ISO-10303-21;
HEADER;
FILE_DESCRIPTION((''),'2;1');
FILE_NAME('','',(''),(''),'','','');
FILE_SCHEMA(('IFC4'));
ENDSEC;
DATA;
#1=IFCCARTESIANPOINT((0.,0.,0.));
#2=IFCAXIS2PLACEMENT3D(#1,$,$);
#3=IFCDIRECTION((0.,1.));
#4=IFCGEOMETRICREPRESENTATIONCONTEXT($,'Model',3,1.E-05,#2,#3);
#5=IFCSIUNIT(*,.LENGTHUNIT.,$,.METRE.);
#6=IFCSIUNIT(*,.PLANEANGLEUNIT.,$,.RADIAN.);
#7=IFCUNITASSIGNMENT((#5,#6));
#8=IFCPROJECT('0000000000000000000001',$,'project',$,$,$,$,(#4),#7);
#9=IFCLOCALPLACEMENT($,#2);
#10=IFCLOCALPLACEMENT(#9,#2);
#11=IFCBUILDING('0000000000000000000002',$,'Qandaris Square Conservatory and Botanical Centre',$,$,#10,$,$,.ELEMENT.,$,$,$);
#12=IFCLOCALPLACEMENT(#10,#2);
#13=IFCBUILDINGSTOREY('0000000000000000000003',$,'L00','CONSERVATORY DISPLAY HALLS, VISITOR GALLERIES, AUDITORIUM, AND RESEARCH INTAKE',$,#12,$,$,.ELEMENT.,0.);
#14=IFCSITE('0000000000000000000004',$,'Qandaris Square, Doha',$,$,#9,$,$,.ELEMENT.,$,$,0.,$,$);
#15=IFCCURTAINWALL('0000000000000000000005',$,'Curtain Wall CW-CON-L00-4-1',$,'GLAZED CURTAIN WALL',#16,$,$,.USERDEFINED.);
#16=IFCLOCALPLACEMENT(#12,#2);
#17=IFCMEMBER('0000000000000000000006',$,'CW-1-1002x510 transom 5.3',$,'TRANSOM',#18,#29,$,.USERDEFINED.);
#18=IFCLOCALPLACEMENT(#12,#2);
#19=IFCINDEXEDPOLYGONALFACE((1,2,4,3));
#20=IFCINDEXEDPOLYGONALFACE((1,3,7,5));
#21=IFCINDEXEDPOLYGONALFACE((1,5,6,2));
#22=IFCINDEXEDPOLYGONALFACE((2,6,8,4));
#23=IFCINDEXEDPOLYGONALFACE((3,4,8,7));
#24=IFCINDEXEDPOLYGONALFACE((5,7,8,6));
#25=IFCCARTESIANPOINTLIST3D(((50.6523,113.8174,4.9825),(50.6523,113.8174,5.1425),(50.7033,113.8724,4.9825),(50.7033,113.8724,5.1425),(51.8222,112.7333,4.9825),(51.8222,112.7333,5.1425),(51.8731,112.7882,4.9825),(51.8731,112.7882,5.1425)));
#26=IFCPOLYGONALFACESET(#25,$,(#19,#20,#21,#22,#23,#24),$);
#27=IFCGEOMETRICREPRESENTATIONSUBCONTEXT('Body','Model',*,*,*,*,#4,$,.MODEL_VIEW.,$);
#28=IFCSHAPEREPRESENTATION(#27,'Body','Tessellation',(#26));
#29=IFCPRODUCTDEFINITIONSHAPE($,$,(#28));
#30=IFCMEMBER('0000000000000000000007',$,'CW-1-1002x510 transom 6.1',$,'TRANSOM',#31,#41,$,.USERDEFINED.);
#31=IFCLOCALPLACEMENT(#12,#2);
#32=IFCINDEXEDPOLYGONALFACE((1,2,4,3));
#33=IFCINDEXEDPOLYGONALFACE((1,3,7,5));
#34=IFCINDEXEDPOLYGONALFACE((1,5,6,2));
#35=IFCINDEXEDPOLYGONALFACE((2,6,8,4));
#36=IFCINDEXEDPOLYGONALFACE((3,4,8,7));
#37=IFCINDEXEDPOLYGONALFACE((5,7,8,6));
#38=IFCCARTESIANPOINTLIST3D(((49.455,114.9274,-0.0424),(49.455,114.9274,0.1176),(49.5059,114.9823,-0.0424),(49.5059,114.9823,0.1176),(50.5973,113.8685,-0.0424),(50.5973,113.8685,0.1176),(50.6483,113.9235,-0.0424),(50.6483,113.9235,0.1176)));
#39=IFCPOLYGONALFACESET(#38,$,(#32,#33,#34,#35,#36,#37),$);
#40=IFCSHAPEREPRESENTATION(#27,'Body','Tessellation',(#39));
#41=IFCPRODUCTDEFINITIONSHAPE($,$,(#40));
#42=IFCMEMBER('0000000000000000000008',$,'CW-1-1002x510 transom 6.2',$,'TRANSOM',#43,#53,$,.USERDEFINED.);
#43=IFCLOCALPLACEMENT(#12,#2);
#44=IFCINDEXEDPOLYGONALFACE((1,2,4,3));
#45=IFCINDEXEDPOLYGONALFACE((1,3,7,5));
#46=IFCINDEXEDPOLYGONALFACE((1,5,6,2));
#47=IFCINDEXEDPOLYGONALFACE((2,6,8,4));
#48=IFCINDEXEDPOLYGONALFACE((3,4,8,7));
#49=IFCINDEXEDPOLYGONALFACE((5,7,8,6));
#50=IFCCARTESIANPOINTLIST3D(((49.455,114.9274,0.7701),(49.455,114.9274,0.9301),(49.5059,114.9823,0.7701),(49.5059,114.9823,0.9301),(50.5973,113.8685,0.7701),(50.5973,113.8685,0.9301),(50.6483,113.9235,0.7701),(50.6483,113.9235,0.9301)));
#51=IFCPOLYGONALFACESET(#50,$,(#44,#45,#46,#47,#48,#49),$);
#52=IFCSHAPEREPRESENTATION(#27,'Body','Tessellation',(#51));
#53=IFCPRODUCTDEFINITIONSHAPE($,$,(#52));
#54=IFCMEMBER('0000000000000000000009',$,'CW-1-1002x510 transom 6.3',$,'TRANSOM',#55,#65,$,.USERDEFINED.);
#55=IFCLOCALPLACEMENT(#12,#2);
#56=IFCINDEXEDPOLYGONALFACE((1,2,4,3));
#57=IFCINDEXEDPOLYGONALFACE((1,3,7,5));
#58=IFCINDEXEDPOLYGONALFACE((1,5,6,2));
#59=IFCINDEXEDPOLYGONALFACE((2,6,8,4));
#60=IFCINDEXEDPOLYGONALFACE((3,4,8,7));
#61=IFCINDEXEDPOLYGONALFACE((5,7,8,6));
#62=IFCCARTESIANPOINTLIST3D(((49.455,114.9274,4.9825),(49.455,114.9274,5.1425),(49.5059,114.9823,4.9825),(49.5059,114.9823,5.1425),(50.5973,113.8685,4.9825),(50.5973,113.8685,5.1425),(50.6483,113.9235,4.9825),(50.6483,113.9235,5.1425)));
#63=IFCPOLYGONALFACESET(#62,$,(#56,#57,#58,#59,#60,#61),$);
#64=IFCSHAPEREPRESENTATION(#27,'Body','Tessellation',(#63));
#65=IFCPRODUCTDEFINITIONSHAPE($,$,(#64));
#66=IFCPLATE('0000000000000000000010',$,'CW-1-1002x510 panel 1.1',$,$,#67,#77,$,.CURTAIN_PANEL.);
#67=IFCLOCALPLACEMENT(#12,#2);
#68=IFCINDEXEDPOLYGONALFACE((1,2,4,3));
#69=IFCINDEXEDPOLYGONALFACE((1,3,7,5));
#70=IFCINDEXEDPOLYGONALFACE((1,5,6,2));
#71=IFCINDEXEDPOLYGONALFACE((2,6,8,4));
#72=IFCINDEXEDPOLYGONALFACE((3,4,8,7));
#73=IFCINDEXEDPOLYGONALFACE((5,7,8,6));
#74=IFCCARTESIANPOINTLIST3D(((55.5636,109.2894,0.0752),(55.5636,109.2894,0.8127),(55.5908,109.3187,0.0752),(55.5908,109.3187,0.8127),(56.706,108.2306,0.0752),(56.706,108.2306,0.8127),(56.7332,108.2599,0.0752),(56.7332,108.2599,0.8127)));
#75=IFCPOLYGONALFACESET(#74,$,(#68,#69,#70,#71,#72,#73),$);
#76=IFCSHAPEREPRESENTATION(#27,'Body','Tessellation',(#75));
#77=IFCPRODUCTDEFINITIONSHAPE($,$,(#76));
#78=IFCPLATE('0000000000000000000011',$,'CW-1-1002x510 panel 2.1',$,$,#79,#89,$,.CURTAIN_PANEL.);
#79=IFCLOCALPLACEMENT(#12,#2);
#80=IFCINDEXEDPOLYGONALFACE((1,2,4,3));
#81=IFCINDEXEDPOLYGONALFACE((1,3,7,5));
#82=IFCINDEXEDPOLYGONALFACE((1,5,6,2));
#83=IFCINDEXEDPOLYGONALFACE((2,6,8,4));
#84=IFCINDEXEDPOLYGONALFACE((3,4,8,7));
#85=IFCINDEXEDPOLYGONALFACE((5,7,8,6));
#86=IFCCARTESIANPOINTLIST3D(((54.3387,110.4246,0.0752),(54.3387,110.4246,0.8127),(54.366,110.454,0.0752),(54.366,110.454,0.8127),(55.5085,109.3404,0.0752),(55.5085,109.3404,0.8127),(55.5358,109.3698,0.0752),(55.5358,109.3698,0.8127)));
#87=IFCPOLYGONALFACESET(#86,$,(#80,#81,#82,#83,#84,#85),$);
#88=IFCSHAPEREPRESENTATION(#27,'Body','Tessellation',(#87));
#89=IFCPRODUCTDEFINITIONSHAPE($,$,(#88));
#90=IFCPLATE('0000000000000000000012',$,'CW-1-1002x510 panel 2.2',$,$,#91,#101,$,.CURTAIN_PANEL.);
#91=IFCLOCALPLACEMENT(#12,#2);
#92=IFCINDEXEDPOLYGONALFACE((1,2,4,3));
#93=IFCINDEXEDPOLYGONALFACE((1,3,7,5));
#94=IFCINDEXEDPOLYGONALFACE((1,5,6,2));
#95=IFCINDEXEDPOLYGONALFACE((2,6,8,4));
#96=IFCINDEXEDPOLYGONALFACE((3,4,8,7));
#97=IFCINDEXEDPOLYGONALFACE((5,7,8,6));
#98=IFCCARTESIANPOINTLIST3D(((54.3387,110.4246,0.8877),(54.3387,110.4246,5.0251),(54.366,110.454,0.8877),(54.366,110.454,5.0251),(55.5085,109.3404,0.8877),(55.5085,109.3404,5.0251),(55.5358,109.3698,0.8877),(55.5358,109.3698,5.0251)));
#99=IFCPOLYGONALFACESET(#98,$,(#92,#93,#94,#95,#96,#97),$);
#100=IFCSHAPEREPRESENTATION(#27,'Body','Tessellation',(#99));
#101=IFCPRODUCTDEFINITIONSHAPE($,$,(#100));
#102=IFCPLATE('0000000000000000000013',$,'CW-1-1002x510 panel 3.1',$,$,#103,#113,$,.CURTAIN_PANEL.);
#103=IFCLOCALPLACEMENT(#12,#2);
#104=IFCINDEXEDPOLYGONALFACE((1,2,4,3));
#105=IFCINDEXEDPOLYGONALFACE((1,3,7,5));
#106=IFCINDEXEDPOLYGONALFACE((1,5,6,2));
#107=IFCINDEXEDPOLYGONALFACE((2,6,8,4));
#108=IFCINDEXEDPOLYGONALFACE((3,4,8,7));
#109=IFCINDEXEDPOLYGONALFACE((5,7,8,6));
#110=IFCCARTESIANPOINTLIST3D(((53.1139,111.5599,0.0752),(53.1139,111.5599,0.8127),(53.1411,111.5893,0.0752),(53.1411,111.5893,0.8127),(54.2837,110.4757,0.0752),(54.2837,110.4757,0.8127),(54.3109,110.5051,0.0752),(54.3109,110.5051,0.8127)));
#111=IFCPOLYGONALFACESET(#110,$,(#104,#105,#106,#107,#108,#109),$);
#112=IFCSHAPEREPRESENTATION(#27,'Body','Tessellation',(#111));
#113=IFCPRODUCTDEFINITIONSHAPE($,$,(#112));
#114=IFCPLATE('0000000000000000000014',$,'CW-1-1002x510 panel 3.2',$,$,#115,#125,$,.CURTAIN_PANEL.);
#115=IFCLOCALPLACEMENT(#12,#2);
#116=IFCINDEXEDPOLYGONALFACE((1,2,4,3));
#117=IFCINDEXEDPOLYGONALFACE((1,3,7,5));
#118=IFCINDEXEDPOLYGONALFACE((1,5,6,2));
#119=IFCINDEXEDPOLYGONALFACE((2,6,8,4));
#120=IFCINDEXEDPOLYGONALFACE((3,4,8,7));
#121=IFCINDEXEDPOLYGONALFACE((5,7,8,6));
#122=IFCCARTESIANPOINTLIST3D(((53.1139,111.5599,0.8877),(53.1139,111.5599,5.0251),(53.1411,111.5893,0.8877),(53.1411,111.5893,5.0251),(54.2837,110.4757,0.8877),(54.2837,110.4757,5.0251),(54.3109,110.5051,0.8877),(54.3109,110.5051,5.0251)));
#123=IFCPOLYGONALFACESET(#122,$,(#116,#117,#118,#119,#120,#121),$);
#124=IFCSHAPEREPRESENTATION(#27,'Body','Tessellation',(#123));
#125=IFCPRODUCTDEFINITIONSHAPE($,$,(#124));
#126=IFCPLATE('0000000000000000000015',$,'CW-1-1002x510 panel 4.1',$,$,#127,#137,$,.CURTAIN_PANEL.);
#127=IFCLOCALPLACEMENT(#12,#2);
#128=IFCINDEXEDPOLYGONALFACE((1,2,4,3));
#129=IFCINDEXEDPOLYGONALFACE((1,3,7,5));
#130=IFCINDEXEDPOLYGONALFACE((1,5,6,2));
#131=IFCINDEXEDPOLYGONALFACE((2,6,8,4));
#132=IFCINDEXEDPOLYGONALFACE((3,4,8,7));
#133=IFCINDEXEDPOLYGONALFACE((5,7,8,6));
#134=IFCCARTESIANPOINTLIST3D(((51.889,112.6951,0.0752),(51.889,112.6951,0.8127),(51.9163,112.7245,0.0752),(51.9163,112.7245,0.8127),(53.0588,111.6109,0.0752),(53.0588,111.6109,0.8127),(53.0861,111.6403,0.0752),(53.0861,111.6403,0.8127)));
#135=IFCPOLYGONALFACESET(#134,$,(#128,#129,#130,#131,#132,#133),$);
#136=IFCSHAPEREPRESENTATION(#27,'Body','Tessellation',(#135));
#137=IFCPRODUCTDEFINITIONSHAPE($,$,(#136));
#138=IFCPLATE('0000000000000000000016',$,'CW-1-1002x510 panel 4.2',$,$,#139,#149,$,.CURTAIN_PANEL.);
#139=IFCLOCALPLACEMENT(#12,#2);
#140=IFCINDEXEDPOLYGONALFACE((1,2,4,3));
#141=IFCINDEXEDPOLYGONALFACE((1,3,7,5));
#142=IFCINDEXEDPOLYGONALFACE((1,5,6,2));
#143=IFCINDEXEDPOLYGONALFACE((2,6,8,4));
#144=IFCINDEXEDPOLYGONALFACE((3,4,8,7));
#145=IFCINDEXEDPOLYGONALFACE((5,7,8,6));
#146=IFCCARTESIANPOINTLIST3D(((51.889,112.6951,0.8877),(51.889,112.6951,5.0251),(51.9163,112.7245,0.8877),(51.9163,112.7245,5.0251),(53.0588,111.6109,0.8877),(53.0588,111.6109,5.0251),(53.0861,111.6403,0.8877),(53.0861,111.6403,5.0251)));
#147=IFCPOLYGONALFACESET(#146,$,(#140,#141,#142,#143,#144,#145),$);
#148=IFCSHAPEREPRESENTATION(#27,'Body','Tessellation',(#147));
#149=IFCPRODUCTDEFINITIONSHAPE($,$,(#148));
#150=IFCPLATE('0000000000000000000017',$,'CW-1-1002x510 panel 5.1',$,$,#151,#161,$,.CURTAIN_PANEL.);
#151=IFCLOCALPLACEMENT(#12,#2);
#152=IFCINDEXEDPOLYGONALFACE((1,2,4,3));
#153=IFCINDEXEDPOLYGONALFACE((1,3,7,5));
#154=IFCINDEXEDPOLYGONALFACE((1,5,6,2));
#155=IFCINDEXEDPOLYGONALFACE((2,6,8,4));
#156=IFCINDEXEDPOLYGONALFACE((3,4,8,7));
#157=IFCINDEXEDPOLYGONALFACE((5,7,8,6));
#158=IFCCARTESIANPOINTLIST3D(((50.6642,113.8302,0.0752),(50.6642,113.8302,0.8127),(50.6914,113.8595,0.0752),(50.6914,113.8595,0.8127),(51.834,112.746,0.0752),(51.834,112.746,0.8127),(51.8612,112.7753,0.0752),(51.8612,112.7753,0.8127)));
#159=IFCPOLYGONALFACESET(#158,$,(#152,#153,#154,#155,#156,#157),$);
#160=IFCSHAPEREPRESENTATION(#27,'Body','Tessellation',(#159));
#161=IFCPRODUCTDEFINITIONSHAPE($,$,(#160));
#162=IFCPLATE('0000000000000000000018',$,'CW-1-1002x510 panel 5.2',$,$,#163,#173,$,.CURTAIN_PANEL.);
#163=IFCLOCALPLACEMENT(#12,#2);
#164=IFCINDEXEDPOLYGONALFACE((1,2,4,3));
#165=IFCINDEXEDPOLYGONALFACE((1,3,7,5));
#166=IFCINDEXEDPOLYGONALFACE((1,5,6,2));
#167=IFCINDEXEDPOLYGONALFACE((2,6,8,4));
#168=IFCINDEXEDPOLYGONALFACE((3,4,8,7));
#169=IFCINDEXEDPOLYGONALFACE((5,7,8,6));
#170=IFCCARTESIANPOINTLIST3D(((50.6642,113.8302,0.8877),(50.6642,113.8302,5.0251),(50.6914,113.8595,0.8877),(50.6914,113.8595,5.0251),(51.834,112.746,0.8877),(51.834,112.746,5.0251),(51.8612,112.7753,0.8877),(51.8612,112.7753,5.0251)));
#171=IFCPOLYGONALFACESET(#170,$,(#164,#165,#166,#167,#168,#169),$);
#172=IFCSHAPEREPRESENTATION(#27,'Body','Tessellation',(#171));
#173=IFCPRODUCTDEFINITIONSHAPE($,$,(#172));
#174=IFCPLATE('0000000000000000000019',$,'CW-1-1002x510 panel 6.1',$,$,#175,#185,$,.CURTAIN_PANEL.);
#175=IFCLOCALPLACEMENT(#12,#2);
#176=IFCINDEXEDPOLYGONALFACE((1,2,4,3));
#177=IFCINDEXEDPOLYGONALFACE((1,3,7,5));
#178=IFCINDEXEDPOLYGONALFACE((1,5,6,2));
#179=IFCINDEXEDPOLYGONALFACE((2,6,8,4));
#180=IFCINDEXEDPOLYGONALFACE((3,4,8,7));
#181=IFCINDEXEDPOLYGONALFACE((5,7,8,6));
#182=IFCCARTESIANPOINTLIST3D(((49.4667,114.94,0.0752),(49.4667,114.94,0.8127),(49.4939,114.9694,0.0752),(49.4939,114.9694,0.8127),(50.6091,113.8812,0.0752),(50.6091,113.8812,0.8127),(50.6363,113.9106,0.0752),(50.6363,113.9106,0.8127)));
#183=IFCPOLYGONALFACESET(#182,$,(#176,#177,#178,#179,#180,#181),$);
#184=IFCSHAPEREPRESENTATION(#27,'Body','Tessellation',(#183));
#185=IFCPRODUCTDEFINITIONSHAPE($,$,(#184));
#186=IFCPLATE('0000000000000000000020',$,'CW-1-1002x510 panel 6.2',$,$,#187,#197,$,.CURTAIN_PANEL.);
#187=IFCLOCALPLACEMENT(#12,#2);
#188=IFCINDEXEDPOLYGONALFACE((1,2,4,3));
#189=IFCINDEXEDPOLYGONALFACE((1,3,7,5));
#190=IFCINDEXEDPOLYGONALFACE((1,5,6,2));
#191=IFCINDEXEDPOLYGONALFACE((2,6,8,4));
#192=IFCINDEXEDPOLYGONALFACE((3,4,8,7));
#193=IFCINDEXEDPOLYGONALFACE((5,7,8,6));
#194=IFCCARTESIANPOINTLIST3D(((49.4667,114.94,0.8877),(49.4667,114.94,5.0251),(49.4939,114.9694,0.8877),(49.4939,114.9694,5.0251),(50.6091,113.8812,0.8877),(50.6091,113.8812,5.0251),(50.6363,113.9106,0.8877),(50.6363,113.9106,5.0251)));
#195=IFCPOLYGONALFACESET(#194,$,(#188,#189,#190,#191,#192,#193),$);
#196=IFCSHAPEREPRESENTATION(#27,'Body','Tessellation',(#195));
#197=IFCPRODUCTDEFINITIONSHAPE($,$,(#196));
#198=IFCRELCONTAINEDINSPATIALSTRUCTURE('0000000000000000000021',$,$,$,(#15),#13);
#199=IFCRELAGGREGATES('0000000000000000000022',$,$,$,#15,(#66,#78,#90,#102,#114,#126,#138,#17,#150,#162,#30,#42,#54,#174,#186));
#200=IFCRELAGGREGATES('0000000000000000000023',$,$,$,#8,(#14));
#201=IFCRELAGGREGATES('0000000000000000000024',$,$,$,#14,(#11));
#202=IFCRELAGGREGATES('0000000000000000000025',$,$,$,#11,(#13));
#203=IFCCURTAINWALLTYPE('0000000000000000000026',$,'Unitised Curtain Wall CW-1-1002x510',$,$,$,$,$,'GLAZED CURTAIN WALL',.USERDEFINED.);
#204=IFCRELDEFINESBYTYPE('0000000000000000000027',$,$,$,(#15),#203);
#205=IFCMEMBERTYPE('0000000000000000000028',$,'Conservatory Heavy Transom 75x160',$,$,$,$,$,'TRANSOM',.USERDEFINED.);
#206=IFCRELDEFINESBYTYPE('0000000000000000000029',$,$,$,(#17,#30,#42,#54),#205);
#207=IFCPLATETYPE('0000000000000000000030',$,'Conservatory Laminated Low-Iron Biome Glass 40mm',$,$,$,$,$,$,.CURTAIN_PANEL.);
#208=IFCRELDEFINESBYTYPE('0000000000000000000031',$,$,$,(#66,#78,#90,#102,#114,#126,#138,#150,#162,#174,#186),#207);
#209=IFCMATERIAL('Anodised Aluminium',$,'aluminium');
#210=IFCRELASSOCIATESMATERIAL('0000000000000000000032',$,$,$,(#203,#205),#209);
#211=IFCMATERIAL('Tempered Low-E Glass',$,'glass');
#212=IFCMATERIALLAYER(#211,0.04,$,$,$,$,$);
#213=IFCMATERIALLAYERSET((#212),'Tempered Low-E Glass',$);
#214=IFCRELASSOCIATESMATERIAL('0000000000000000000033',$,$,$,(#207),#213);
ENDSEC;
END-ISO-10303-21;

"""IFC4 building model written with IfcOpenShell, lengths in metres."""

from ifc_helpers import new_model, si_unit, direction, frame, origin, origin_2d, place, context, subcontext, project, spatial, rectangle, extrude, material, layer, layer_set, material_profile, profile_set, type_object, element, aggregate, save


model = new_model("IFC4")

# Units and contexts
model_context = context("Model", 3, precision=1e-05, world=origin(), true_north=direction((0.0, 1.0)))
body_context = subcontext(model_context, "Body", "Model", "MODEL_VIEW")
ifc_project = project(units=[si_unit("LENGTHUNIT", "METRE"), si_unit("PLANEANGLEUNIT", "RADIAN")], contexts=[model_context])

# Site, building, storey
site_placement = place(None, origin())
site = spatial("IfcSite", under=ifc_project, at=site_placement, Name="Qandaris Square, Doha", CompositionType="ELEMENT", RefElevation=0.0)
building_placement = place(site_placement, origin())
building = spatial("IfcBuilding", under=site, at=building_placement, Name="Qandaris Square Conservatory and Botanical Centre", CompositionType="ELEMENT")
storey_placement = place(building_placement, origin())
storey = spatial("IfcBuildingStorey", under=building, at=storey_placement, Name="L00", Description="CONSERVATORY DISPLAY HALLS, VISITOR GALLERIES, AUDITORIUM, AND RESEARCH INTAKE", CompositionType="ELEMENT", Elevation=0.0)

# Curtain wall, members, plates
ifc_material_1 = material(Name="Anodised Aluminium", Category="aluminium")
curtain_wall_type = type_object("IfcCurtainWallType", Name="Unitised Curtain Wall CW-1-1002x510", ElementType="GLAZED CURTAIN WALL", PredefinedType="USERDEFINED", material=ifc_material_1)
curtain_wall_placement = place(storey_placement, origin())
curtain_wall = element("IfcCurtainWall", 1, at=curtain_wall_placement, inside=storey, type_object=curtain_wall_type, Name="Curtain Wall CW-CON-L00-4-1", ObjectType="GLAZED CURTAIN WALL", PredefinedType="USERDEFINED")
ifc_material_profile_1 = material_profile(ifc_material_1, rectangle(XDim=0.075, YDim=0.1599, at=origin_2d()), Name="ALU-TRN 75x160")
ifc_profile_set_1 = profile_set([ifc_material_profile_1], Name="Anodised Aluminium")
member_type_1 = type_object("IfcMemberType", Name="Conservatory Heavy Transom 75x160", ElementType="TRANSOM", PredefinedType="USERDEFINED", material=ifc_profile_set_1)
member_1_placement = place(storey_placement, frame((51.8477, 112.7607, 5.0625), z_axis=(-0.733458, 0.679735, 0.0), x_axis=(-0.679735, -0.733458, 0.0)))
member_1 = element("IfcMember", 2, at=member_1_placement, type_object=member_type_1, Name="CW-1-1002x510 transom 5.3", ObjectType="TRANSOM", PredefinedType="USERDEFINED", context=body_context, shape_type="SweptSolid", body=[
    extrude(rectangle(XDim=0.075, YDim=0.1599, at=origin_2d()), origin(), (0.0, 0.0, 1.0), 1.595),
])
member_2_placement = place(storey_placement, frame((50.6228, 113.896, 0.0376), z_axis=(-0.733402, 0.679796, 0.0), x_axis=(-0.679796, -0.733402, 0.0)))
member_2 = element("IfcMember", 3, at=member_2_placement, type_object=member_type_1, Name="CW-1-1002x510 transom 6.1", ObjectType="TRANSOM", PredefinedType="USERDEFINED", context=body_context, shape_type="SweptSolid", body=[
    extrude(rectangle(XDim=0.075, YDim=0.1599, at=origin_2d()), origin(), (0.0, 0.0, 1.0), 1.5576),
])
member_3_placement = place(storey_placement, frame((50.6228, 113.896, 0.8501), z_axis=(-0.733402, 0.679796, 0.0), x_axis=(-0.679796, -0.733402, 0.0)))
member_3 = element("IfcMember", 4, at=member_3_placement, type_object=member_type_1, Name="CW-1-1002x510 transom 6.2", ObjectType="TRANSOM", PredefinedType="USERDEFINED", context=body_context, shape_type="SweptSolid", body=[
    extrude(rectangle(XDim=0.075, YDim=0.1599, at=origin_2d()), origin(), (0.0, 0.0, 1.0), 1.5576),
])
member_4_placement = place(storey_placement, frame((50.6228, 113.896, 5.0625), z_axis=(-0.733402, 0.679796, 0.0), x_axis=(-0.679796, -0.733402, 0.0)))
member_4 = element("IfcMember", 5, at=member_4_placement, type_object=member_type_1, Name="CW-1-1002x510 transom 6.3", ObjectType="TRANSOM", PredefinedType="USERDEFINED", context=body_context, shape_type="SweptSolid", body=[
    extrude(rectangle(XDim=0.075, YDim=0.1599, at=origin_2d()), origin(), (0.0, 0.0, 1.0), 1.5576),
])
ifc_material_2 = material(Name="Tempered Low-E Glass", Category="glass")
ifc_layer = layer(ifc_material_2, 0.04)
ifc_layer_set = layer_set([ifc_layer], Name="Tempered Low-E Glass")
plate_type = type_object("IfcPlateType", Name="Conservatory Laminated Low-Iron Biome Glass 40mm", PredefinedType="CURTAIN_PANEL", material=ifc_layer_set)
plate_1_placement = place(storey_placement, frame((56.1484, 108.7747, 0.0752), z_axis=(0.0, 0.0, 1.0), x_axis=(-0.733433, 0.679762, 0.0)))
plate_1 = element("IfcPlate", 6, at=plate_1_placement, type_object=plate_type, Name="CW-1-1002x510 panel 1.1", PredefinedType="CURTAIN_PANEL", context=body_context, shape_type="SweptSolid", body=[
    extrude(rectangle(XDim=1.5576, YDim=0.04, at=origin_2d()), origin(), (0.0, 0.0, 1.0), 0.7375),
])
plate_2_placement = place(storey_placement, frame((54.9373, 109.8972, 0.0752), z_axis=(0.0, 0.0, 1.0), x_axis=(-0.733433, 0.679762, 0.0)))
plate_2 = element("IfcPlate", 7, at=plate_2_placement, type_object=plate_type, Name="CW-1-1002x510 panel 2.1", PredefinedType="CURTAIN_PANEL", context=body_context, shape_type="SweptSolid", body=[
    extrude(rectangle(XDim=1.595, YDim=0.04, at=origin_2d()), origin(), (0.0, 0.0, 1.0), 0.7375),
])
plate_3_placement = place(storey_placement, frame((54.9373, 109.8972, 0.8877), z_axis=(0.0, 0.0, 1.0), x_axis=(-0.733433, 0.679762, 0.0)))
plate_3 = element("IfcPlate", 8, at=plate_3_placement, type_object=plate_type, Name="CW-1-1002x510 panel 2.2", PredefinedType="CURTAIN_PANEL", context=body_context, shape_type="SweptSolid", body=[
    extrude(rectangle(XDim=1.595, YDim=0.04, at=origin_2d()), origin(), (0.0, 0.0, 1.0), 4.1375),
])
plate_4_placement = place(storey_placement, frame((53.7124, 111.0325, 0.0752), z_axis=(0.0, 0.0, 1.0), x_axis=(-0.733433, 0.679762, 0.0)))
plate_4 = element("IfcPlate", 9, at=plate_4_placement, type_object=plate_type, Name="CW-1-1002x510 panel 3.1", PredefinedType="CURTAIN_PANEL", context=body_context, shape_type="SweptSolid", body=[
    extrude(rectangle(XDim=1.595, YDim=0.04, at=origin_2d()), origin(), (0.0, 0.0, 1.0), 0.7375),
])
plate_5_placement = place(storey_placement, frame((53.7124, 111.0325, 0.8877), z_axis=(0.0, 0.0, 1.0), x_axis=(-0.733433, 0.679762, 0.0)))
plate_5 = element("IfcPlate", 10, at=plate_5_placement, type_object=plate_type, Name="CW-1-1002x510 panel 3.2", PredefinedType="CURTAIN_PANEL", context=body_context, shape_type="SweptSolid", body=[
    extrude(rectangle(XDim=1.595, YDim=0.04, at=origin_2d()), origin(), (0.0, 0.0, 1.0), 4.1375),
])
plate_6_placement = place(storey_placement, frame((52.4875, 112.1677, 0.0752), z_axis=(0.0, 0.0, 1.0), x_axis=(-0.733433, 0.679762, 0.0)))
plate_6 = element("IfcPlate", 11, at=plate_6_placement, type_object=plate_type, Name="CW-1-1002x510 panel 4.1", PredefinedType="CURTAIN_PANEL", context=body_context, shape_type="SweptSolid", body=[
    extrude(rectangle(XDim=1.595, YDim=0.04, at=origin_2d()), origin(), (0.0, 0.0, 1.0), 0.7375),
])
plate_7_placement = place(storey_placement, frame((52.4875, 112.1677, 0.8877), z_axis=(0.0, 0.0, 1.0), x_axis=(-0.733433, 0.679762, 0.0)))
plate_7 = element("IfcPlate", 12, at=plate_7_placement, type_object=plate_type, Name="CW-1-1002x510 panel 4.2", PredefinedType="CURTAIN_PANEL", context=body_context, shape_type="SweptSolid", body=[
    extrude(rectangle(XDim=1.595, YDim=0.04, at=origin_2d()), origin(), (0.0, 0.0, 1.0), 4.1375),
])
plate_8_placement = place(storey_placement, frame((51.2627, 113.3027, 0.0752), z_axis=(0.0, 0.0, 1.0), x_axis=(-0.733433, 0.679762, 0.0)))
plate_8 = element("IfcPlate", 13, at=plate_8_placement, type_object=plate_type, Name="CW-1-1002x510 panel 5.1", PredefinedType="CURTAIN_PANEL", context=body_context, shape_type="SweptSolid", body=[
    extrude(rectangle(XDim=1.595, YDim=0.04, at=origin_2d()), origin(), (0.0, 0.0, 1.0), 0.7375),
])
plate_9_placement = place(storey_placement, frame((51.2627, 113.3027, 0.8877), z_axis=(0.0, 0.0, 1.0), x_axis=(-0.733433, 0.679762, 0.0)))
plate_9 = element("IfcPlate", 14, at=plate_9_placement, type_object=plate_type, Name="CW-1-1002x510 panel 5.2", PredefinedType="CURTAIN_PANEL", context=body_context, shape_type="SweptSolid", body=[
    extrude(rectangle(XDim=1.595, YDim=0.04, at=origin_2d()), origin(), (0.0, 0.0, 1.0), 4.1375),
])
plate_10_placement = place(storey_placement, frame((50.0515, 114.4253, 0.0752), z_axis=(0.0, 0.0, 1.0), x_axis=(-0.733433, 0.679762, 0.0)))
plate_10 = element("IfcPlate", 15, at=plate_10_placement, type_object=plate_type, Name="CW-1-1002x510 panel 6.1", PredefinedType="CURTAIN_PANEL", context=body_context, shape_type="SweptSolid", body=[
    extrude(rectangle(XDim=1.5576, YDim=0.04, at=origin_2d()), origin(), (0.0, 0.0, 1.0), 0.7375),
])
plate_11_placement = place(storey_placement, frame((50.0515, 114.4253, 0.8877), z_axis=(0.0, 0.0, 1.0), x_axis=(-0.733433, 0.679762, 0.0)))
plate_11 = element("IfcPlate", 16, at=plate_11_placement, type_object=plate_type, Name="CW-1-1002x510 panel 6.2", PredefinedType="CURTAIN_PANEL", context=body_context, shape_type="SweptSolid", body=[
    extrude(rectangle(XDim=1.5576, YDim=0.04, at=origin_2d()), origin(), (0.0, 0.0, 1.0), 4.1375),
])
aggregate(curtain_wall, [plate_1, plate_2, plate_3, plate_4, plate_5, plate_6, plate_7, member_1, plate_8, plate_9, member_2, member_3, member_4, plate_10, plate_11])

save(model, "model.ifc")
